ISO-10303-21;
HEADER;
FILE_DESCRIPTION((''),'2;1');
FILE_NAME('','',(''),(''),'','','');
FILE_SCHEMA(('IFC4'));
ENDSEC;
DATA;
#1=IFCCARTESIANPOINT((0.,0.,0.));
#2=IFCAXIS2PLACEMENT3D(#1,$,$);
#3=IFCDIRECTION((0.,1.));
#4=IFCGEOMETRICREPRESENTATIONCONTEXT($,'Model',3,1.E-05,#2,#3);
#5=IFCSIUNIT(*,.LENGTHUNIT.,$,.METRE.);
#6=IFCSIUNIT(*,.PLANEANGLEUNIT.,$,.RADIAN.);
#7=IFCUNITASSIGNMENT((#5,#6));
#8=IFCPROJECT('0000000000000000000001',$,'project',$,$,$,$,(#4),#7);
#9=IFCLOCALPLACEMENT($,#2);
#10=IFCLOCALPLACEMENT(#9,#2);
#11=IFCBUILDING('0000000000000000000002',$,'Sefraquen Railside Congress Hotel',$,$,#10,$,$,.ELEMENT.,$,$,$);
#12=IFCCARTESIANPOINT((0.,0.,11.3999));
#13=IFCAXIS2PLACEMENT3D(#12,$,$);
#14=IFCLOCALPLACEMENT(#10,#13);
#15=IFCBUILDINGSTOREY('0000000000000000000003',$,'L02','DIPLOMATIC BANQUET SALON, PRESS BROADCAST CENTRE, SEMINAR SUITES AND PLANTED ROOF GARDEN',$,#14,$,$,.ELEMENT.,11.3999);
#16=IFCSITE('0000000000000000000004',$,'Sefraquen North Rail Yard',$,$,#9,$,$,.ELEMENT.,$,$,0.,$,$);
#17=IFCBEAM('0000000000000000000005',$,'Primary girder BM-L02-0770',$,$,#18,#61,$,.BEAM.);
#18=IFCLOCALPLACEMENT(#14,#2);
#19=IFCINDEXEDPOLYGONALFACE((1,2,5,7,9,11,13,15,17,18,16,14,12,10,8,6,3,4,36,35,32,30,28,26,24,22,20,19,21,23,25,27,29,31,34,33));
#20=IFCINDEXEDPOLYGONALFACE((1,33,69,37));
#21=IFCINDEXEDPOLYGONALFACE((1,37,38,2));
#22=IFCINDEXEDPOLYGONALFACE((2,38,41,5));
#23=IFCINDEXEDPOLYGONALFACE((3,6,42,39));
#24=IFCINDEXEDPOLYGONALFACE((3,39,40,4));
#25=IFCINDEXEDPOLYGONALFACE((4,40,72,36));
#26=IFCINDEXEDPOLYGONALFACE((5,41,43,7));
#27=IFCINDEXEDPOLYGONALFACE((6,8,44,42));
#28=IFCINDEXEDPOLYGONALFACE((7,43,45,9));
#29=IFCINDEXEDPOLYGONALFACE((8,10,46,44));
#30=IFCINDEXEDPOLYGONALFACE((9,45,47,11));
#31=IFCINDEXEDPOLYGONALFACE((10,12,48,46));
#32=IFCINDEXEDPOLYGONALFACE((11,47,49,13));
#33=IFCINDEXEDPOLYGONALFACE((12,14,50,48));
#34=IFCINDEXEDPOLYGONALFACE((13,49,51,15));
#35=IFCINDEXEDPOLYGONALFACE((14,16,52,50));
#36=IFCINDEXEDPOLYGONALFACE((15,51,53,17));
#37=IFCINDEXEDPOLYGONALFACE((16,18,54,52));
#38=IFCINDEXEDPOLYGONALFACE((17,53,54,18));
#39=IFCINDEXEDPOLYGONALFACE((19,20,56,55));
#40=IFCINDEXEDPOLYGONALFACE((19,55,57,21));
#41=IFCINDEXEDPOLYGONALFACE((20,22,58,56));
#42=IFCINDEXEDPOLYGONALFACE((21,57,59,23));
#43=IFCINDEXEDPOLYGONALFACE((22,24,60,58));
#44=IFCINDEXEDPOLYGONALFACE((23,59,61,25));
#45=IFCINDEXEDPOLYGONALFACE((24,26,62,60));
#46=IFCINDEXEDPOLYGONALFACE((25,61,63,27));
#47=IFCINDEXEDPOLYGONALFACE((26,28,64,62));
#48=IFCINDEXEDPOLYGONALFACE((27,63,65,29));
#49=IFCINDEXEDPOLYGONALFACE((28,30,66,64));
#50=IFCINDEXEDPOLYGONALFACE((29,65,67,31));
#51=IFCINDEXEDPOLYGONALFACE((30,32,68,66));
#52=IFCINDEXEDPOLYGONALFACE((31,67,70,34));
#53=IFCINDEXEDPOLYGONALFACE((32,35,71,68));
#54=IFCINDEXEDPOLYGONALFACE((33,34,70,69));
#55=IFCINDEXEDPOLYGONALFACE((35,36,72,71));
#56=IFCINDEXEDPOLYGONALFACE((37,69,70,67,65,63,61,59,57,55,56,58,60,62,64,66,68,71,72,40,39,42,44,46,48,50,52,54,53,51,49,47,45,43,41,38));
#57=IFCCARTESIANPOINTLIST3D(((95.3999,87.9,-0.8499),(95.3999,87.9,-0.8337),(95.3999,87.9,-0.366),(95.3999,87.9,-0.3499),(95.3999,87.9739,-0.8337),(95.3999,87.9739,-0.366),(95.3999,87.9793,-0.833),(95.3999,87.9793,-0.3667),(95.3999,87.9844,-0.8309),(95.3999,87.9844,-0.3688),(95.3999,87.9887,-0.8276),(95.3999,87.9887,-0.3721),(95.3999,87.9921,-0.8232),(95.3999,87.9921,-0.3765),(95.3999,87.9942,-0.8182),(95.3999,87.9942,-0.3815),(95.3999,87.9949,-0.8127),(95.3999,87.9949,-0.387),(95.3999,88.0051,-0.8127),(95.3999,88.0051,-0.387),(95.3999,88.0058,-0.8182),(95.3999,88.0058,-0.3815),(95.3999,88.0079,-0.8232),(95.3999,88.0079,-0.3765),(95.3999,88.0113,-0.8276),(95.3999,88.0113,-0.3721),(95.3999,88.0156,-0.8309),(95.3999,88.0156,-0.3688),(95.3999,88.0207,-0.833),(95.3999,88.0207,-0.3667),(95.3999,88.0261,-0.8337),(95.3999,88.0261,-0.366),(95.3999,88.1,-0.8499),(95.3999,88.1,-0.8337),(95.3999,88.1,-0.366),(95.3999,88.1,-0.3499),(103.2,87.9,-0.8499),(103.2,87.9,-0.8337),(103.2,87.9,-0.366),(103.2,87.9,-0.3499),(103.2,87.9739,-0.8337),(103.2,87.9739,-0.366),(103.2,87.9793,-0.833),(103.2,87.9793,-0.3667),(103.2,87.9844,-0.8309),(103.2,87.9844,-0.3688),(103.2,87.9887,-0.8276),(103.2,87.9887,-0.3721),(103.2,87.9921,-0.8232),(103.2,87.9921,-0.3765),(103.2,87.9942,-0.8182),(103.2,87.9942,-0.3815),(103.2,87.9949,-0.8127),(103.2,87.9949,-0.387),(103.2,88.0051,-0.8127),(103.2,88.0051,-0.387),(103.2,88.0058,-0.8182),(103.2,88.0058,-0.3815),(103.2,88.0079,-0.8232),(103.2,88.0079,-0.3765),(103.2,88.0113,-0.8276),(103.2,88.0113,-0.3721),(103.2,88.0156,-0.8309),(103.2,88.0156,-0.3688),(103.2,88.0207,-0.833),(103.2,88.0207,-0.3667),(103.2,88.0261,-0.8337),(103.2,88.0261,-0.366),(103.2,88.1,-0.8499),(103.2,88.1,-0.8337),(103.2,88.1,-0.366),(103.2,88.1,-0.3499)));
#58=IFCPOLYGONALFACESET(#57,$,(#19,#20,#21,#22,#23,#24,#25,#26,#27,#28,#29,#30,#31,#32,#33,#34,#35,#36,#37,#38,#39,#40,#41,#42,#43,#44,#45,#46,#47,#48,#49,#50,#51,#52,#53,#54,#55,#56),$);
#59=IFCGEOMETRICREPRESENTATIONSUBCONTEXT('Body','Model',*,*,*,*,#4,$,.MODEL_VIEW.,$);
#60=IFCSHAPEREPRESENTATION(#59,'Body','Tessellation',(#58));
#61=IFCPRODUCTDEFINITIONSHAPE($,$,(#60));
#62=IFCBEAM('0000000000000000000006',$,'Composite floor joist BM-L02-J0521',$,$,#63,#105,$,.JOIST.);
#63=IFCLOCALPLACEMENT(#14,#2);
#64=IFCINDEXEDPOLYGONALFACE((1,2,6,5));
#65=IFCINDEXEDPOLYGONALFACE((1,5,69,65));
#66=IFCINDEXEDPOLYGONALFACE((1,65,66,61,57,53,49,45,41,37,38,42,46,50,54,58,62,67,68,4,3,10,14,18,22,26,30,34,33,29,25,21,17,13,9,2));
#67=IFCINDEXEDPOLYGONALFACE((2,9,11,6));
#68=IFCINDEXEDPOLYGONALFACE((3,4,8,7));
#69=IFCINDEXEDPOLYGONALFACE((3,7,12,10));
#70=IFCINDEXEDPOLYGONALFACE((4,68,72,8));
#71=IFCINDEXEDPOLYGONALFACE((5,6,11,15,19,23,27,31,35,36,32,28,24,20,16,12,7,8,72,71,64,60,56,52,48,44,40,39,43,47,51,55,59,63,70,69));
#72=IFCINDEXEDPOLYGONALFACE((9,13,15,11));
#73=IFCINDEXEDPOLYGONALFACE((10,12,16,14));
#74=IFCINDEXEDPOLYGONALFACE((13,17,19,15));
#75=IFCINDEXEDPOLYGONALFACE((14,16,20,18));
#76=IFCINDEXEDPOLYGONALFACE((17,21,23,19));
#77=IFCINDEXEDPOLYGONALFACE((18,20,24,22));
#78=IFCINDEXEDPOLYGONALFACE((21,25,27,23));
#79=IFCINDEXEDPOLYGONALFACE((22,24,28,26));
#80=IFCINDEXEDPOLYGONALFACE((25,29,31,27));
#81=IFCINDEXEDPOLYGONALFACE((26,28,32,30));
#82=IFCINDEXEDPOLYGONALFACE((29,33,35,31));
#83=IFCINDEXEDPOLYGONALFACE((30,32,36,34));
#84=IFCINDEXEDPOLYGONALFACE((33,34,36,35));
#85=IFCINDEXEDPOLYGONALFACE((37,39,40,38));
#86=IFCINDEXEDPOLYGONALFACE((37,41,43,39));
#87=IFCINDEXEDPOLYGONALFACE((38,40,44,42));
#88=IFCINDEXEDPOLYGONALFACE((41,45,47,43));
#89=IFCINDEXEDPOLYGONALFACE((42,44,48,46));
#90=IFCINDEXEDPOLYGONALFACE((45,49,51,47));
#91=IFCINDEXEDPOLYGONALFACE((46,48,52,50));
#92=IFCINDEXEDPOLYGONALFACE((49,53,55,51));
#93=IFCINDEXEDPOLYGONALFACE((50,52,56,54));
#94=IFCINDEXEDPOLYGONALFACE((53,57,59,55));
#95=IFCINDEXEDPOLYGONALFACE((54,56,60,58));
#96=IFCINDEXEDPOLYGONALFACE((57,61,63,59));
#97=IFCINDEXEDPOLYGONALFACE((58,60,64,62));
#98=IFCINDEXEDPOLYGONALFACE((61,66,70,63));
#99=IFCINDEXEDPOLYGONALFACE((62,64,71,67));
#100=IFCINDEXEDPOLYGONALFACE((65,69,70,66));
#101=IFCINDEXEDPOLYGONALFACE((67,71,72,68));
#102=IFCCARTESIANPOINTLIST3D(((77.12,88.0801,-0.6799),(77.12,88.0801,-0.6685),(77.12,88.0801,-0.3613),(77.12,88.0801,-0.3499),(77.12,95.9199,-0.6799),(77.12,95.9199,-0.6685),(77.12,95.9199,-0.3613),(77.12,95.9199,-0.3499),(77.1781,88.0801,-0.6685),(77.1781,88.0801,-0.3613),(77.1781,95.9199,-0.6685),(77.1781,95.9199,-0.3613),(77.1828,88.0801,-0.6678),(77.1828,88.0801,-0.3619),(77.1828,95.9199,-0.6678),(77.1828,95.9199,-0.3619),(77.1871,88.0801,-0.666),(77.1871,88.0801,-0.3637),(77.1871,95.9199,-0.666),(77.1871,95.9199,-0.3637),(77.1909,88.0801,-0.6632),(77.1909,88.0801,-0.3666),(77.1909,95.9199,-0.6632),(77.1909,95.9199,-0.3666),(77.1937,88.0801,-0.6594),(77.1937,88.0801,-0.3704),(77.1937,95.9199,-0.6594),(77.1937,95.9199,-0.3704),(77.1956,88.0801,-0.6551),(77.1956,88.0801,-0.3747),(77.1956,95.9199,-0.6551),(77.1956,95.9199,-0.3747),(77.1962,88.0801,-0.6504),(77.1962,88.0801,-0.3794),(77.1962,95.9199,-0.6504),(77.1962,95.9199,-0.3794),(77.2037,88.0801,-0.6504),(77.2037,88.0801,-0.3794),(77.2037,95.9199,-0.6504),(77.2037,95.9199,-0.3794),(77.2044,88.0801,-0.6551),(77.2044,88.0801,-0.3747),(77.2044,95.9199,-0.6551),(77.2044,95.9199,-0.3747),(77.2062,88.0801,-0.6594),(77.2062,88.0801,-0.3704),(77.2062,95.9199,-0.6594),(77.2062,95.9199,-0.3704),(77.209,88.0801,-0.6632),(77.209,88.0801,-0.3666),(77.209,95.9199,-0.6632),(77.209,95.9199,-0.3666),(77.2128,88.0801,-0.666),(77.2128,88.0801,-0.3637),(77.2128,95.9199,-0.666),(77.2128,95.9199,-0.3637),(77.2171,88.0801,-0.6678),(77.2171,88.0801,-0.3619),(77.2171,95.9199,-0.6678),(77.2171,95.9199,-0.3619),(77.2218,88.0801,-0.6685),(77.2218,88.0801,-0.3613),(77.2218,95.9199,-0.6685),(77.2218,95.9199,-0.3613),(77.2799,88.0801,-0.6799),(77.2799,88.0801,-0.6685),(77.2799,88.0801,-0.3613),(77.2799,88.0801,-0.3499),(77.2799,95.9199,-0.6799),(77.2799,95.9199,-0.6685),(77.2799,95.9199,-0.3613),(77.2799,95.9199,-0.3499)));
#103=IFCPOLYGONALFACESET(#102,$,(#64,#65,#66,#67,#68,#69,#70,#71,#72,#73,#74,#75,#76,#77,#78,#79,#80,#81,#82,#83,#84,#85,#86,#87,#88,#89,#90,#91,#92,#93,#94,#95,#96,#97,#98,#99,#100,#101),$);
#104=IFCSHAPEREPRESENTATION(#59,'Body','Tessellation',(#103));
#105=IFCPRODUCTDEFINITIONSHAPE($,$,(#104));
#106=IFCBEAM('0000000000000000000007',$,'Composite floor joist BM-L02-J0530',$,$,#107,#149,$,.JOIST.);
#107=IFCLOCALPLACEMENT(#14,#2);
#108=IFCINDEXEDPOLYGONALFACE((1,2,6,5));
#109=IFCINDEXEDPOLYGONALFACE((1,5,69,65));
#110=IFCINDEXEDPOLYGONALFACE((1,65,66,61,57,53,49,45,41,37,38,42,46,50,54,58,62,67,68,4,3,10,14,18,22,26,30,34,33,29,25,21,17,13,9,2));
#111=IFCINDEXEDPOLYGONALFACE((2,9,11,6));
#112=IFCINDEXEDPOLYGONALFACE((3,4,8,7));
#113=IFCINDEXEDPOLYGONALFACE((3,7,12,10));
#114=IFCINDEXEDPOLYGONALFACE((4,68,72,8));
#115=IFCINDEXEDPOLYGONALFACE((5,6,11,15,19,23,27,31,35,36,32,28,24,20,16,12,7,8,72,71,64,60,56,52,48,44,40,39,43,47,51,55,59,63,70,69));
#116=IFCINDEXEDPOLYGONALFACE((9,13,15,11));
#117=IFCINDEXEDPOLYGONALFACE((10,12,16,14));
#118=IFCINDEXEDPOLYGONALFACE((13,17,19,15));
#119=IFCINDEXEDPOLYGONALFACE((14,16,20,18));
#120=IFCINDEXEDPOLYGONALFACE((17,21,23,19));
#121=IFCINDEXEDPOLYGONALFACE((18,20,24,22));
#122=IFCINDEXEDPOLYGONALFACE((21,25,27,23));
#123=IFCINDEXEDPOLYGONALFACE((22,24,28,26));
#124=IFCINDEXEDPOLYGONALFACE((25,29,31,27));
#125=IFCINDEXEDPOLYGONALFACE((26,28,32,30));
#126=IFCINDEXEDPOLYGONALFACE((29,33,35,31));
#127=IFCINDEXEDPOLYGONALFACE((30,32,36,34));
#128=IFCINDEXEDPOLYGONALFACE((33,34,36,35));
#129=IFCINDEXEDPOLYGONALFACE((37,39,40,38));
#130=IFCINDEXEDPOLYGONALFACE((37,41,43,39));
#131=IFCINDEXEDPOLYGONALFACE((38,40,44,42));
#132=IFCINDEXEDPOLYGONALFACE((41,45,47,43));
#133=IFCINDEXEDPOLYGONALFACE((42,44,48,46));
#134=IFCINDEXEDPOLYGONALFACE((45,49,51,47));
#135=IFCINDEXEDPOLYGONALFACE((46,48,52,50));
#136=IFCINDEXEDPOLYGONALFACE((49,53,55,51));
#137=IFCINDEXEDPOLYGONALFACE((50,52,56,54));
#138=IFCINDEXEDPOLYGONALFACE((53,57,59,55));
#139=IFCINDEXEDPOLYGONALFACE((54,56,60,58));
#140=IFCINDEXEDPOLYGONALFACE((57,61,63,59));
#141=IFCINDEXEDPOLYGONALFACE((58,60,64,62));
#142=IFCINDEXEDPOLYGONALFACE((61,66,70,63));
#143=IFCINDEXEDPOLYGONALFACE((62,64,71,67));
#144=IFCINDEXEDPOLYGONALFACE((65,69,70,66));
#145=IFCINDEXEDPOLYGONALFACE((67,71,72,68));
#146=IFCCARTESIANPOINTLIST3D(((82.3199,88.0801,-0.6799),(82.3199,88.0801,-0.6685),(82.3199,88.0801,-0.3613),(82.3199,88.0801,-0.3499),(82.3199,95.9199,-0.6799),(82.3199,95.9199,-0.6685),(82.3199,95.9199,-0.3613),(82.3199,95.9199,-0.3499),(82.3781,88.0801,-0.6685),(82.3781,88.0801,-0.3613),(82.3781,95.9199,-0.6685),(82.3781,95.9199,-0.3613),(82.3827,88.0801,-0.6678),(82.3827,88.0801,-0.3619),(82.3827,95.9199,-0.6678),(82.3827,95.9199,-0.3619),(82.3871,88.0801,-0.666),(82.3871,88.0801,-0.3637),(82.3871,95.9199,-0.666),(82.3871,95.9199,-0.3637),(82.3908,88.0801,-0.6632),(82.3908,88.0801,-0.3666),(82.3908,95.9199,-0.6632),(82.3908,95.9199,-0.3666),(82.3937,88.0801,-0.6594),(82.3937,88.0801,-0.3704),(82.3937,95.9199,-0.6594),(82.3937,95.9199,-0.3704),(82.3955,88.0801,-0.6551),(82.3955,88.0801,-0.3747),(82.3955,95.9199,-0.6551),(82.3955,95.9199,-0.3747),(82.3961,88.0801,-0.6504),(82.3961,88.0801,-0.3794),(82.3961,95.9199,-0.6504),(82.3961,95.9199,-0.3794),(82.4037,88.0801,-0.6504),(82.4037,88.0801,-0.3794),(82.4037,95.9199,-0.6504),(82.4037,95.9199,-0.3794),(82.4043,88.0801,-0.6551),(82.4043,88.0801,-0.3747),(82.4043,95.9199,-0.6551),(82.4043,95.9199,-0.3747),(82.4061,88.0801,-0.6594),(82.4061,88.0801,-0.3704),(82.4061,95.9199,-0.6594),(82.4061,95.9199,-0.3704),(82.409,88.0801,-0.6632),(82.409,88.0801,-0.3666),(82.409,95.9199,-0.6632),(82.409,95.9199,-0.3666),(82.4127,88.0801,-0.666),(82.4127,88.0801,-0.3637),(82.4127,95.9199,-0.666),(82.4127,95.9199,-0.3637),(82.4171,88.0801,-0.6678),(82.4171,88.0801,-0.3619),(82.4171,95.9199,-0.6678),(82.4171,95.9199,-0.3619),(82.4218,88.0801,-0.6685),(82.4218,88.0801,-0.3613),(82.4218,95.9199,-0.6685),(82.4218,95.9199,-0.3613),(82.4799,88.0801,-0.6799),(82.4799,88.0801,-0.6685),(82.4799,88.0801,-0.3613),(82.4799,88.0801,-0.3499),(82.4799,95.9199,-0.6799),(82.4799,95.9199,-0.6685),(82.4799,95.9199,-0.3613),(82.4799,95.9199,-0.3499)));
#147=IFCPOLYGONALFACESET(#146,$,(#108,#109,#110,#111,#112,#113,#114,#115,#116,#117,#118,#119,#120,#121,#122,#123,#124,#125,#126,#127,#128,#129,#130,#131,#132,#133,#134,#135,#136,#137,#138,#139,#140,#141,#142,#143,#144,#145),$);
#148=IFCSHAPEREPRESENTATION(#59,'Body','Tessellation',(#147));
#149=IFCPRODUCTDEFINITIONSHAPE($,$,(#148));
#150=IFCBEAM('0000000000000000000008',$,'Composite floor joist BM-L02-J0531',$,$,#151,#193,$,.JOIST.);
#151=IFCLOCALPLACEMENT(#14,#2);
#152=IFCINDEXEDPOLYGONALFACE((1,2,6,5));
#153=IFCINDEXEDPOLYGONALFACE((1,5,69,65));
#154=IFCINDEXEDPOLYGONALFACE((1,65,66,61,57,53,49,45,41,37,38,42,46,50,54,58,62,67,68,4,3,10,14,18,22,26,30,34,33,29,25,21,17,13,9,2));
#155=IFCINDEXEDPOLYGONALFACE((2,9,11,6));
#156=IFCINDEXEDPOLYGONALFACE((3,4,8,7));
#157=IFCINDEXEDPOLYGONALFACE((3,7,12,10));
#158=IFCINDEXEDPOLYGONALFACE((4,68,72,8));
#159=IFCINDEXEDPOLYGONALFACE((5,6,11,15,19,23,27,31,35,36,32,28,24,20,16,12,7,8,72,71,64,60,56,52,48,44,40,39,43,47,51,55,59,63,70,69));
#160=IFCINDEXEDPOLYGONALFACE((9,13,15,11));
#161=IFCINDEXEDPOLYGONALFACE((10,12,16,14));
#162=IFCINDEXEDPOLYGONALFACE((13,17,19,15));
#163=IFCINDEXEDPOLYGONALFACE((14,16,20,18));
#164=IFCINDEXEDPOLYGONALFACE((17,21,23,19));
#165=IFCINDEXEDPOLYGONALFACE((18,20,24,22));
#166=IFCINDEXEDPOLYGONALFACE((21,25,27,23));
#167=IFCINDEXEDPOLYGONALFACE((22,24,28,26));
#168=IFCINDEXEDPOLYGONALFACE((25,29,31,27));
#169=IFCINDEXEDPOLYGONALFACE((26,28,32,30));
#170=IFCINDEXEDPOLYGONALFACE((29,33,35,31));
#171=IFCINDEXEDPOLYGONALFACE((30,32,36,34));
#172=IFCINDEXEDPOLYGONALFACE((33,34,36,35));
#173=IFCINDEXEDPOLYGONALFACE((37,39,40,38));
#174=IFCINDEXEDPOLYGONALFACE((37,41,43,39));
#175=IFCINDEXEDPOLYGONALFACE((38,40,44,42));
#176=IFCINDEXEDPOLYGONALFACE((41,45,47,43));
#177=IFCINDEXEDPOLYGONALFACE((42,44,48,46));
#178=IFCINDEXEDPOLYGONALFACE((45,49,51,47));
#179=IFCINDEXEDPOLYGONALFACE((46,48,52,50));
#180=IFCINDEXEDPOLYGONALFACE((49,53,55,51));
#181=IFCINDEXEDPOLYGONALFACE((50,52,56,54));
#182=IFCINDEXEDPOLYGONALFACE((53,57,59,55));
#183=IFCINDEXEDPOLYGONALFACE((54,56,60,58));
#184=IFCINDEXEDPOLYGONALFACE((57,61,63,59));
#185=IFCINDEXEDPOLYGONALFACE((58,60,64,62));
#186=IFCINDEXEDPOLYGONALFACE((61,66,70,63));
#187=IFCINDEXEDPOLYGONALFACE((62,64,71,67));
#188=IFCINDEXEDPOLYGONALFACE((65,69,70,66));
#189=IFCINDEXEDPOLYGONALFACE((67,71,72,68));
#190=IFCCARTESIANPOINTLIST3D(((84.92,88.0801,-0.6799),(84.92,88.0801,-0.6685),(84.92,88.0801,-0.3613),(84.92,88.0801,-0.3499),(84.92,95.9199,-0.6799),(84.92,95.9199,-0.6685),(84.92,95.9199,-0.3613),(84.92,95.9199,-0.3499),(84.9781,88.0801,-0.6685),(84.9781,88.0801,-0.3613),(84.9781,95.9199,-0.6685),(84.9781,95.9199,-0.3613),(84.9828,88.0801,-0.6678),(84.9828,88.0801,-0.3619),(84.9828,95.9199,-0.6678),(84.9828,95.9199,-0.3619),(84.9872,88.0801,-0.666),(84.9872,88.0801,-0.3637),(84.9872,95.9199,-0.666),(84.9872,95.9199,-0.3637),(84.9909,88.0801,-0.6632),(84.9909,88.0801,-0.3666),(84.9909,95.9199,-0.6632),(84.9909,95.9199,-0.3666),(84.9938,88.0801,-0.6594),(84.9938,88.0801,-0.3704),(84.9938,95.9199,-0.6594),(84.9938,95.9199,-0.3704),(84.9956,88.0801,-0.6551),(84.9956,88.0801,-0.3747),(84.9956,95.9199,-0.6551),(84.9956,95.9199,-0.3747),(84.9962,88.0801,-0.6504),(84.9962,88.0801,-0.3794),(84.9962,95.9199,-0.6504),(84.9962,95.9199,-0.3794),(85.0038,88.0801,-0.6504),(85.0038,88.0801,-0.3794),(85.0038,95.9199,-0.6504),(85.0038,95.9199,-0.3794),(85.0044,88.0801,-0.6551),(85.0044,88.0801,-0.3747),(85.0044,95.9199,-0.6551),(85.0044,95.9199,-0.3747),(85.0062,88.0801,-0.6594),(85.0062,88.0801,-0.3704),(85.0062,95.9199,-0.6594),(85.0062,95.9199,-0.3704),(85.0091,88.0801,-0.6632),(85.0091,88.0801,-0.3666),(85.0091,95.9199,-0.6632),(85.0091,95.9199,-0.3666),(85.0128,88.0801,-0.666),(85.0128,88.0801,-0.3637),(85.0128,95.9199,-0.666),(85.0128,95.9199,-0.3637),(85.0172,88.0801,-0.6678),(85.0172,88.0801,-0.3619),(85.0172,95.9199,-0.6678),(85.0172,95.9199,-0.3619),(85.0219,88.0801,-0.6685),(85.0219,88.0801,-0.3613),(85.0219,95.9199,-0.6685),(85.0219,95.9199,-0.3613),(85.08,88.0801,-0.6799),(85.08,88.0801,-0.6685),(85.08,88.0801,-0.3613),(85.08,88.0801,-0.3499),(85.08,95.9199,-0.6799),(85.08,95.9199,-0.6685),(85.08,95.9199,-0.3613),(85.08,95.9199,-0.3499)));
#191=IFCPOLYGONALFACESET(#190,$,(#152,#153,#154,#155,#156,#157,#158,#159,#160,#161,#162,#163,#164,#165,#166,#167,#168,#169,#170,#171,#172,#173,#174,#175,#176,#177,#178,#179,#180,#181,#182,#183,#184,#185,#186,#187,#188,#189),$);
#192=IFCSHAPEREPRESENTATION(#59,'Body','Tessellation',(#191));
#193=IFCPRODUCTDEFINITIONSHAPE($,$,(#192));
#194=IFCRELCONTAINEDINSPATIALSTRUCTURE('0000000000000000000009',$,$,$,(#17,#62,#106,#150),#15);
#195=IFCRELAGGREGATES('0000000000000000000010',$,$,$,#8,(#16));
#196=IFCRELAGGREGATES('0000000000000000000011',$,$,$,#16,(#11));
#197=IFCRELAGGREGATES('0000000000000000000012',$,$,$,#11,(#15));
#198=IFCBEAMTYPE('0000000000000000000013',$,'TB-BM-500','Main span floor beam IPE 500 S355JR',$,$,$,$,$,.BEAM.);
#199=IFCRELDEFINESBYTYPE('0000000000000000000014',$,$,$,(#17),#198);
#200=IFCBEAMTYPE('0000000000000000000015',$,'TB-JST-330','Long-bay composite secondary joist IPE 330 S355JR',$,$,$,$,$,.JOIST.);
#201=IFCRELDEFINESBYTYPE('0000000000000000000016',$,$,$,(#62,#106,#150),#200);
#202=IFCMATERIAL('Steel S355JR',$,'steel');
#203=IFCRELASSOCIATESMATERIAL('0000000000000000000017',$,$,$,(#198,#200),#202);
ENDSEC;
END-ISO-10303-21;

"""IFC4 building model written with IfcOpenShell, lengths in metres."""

from ifc_helpers import new_model, si_unit, direction, frame, origin, origin_2d, place, context, subcontext, project, spatial, i_section, extrude, material, material_profile, profile_set, type_object, element, save


model = new_model("IFC4")

# Units and contexts
model_context = context("Model", 3, precision=1e-05, world=origin(), true_north=direction((0.0, 1.0)))
body_context = subcontext(model_context, "Body", "Model", "MODEL_VIEW")
ifc_project = project(units=[si_unit("LENGTHUNIT", "METRE"), si_unit("PLANEANGLEUNIT", "RADIAN")], contexts=[model_context])

# Site, building, storey
site_placement = place(None, origin())
site = spatial("IfcSite", under=ifc_project, at=site_placement, Name="Sefraquen North Rail Yard", CompositionType="ELEMENT", RefElevation=0.0)
building_placement = place(site_placement, origin())
building = spatial("IfcBuilding", under=site, at=building_placement, Name="Sefraquen Railside Congress Hotel", CompositionType="ELEMENT")
storey_placement = place(building_placement, frame((0.0, 0.0, 11.3999)))
storey = spatial("IfcBuildingStorey", under=building, at=storey_placement, Name="L02", Description="DIPLOMATIC BANQUET SALON, PRESS BROADCAST CENTRE, SEMINAR SUITES AND PLANTED ROOF GARDEN", CompositionType="ELEMENT", Elevation=11.3999)

# Shared definitions
ifc_material_1 = material(Name="Steel S355JR", Category="steel")

# Beams
ifc_material_profile_1 = material_profile(ifc_material_1, i_section(OverallWidth=0.2, OverallDepth=0.5, WebThickness=0.0103, FlangeThickness=0.0161, FilletRadius=0.021, at=origin_2d()), Name="IPE 500")
ifc_profile_set_1 = profile_set([ifc_material_profile_1], Name="Steel S355JR")
beam_type_1 = type_object("IfcBeamType", Name="TB-BM-500", Description="Main span floor beam IPE 500 S355JR", PredefinedType="BEAM", material=ifc_profile_set_1)
beam_1_placement = place(storey_placement, frame((95.3999, 88.0, -0.5999), z_axis=(1.0, 0.0, 0.0), x_axis=(0.0, 1.0, 0.0)))
element("IfcBeam", 1, at=beam_1_placement, inside=storey, type_object=beam_type_1, Name="Primary girder BM-L02-0770", PredefinedType="BEAM", context=body_context, shape_type="SweptSolid", body=[
    extrude(i_section(OverallWidth=0.2, OverallDepth=0.5, WebThickness=0.0103, FlangeThickness=0.0161, FilletRadius=0.021, at=origin_2d()), origin(), (0.0, 0.0, 1.0), 7.8),
])
ifc_material_profile_2 = material_profile(ifc_material_1, i_section(OverallWidth=0.1599, OverallDepth=0.3301, WebThickness=0.0076, FlangeThickness=0.0115, FilletRadius=0.0181, at=origin_2d()), Name="IPE 330")
ifc_profile_set_2 = profile_set([ifc_material_profile_2], Name="Steel S355JR")
beam_type_2 = type_object("IfcBeamType", Name="TB-JST-330", Description="Long-bay composite secondary joist IPE 330 S355JR", PredefinedType="JOIST", material=ifc_profile_set_2)
for number, where, z_axis, x_axis, name in (
    (2, (77.2, 88.0801, -0.5149), (0.0, 1.0, 0.0), (-1.0, 0.0, 0.0), "Composite floor joist BM-L02-J0521"),
    (3, (82.3999, 88.0801, -0.5149), (0.0, 1.0, 0.0), (-1.0, 0.0, 0.0), "Composite floor joist BM-L02-J0530"),
    (4, (85.0, 88.0801, -0.5149), (0.0, 1.0, 0.0), (-1.0, 0.0, 0.0), "Composite floor joist BM-L02-J0531"),
):
    element("IfcBeam", number, at=place(storey_placement, frame(where, z_axis=z_axis, x_axis=x_axis)), inside=storey, type_object=beam_type_2, Name=name, PredefinedType="JOIST", context=body_context, shape_type="SweptSolid", body=[
        extrude(i_section(OverallWidth=0.1599, OverallDepth=0.3301, WebThickness=0.0076, FlangeThickness=0.0115, FilletRadius=0.0181, at=origin_2d()), origin(), (0.0, 0.0, 1.0), 7.8398),
    ])

save(model, "model.ifc")
